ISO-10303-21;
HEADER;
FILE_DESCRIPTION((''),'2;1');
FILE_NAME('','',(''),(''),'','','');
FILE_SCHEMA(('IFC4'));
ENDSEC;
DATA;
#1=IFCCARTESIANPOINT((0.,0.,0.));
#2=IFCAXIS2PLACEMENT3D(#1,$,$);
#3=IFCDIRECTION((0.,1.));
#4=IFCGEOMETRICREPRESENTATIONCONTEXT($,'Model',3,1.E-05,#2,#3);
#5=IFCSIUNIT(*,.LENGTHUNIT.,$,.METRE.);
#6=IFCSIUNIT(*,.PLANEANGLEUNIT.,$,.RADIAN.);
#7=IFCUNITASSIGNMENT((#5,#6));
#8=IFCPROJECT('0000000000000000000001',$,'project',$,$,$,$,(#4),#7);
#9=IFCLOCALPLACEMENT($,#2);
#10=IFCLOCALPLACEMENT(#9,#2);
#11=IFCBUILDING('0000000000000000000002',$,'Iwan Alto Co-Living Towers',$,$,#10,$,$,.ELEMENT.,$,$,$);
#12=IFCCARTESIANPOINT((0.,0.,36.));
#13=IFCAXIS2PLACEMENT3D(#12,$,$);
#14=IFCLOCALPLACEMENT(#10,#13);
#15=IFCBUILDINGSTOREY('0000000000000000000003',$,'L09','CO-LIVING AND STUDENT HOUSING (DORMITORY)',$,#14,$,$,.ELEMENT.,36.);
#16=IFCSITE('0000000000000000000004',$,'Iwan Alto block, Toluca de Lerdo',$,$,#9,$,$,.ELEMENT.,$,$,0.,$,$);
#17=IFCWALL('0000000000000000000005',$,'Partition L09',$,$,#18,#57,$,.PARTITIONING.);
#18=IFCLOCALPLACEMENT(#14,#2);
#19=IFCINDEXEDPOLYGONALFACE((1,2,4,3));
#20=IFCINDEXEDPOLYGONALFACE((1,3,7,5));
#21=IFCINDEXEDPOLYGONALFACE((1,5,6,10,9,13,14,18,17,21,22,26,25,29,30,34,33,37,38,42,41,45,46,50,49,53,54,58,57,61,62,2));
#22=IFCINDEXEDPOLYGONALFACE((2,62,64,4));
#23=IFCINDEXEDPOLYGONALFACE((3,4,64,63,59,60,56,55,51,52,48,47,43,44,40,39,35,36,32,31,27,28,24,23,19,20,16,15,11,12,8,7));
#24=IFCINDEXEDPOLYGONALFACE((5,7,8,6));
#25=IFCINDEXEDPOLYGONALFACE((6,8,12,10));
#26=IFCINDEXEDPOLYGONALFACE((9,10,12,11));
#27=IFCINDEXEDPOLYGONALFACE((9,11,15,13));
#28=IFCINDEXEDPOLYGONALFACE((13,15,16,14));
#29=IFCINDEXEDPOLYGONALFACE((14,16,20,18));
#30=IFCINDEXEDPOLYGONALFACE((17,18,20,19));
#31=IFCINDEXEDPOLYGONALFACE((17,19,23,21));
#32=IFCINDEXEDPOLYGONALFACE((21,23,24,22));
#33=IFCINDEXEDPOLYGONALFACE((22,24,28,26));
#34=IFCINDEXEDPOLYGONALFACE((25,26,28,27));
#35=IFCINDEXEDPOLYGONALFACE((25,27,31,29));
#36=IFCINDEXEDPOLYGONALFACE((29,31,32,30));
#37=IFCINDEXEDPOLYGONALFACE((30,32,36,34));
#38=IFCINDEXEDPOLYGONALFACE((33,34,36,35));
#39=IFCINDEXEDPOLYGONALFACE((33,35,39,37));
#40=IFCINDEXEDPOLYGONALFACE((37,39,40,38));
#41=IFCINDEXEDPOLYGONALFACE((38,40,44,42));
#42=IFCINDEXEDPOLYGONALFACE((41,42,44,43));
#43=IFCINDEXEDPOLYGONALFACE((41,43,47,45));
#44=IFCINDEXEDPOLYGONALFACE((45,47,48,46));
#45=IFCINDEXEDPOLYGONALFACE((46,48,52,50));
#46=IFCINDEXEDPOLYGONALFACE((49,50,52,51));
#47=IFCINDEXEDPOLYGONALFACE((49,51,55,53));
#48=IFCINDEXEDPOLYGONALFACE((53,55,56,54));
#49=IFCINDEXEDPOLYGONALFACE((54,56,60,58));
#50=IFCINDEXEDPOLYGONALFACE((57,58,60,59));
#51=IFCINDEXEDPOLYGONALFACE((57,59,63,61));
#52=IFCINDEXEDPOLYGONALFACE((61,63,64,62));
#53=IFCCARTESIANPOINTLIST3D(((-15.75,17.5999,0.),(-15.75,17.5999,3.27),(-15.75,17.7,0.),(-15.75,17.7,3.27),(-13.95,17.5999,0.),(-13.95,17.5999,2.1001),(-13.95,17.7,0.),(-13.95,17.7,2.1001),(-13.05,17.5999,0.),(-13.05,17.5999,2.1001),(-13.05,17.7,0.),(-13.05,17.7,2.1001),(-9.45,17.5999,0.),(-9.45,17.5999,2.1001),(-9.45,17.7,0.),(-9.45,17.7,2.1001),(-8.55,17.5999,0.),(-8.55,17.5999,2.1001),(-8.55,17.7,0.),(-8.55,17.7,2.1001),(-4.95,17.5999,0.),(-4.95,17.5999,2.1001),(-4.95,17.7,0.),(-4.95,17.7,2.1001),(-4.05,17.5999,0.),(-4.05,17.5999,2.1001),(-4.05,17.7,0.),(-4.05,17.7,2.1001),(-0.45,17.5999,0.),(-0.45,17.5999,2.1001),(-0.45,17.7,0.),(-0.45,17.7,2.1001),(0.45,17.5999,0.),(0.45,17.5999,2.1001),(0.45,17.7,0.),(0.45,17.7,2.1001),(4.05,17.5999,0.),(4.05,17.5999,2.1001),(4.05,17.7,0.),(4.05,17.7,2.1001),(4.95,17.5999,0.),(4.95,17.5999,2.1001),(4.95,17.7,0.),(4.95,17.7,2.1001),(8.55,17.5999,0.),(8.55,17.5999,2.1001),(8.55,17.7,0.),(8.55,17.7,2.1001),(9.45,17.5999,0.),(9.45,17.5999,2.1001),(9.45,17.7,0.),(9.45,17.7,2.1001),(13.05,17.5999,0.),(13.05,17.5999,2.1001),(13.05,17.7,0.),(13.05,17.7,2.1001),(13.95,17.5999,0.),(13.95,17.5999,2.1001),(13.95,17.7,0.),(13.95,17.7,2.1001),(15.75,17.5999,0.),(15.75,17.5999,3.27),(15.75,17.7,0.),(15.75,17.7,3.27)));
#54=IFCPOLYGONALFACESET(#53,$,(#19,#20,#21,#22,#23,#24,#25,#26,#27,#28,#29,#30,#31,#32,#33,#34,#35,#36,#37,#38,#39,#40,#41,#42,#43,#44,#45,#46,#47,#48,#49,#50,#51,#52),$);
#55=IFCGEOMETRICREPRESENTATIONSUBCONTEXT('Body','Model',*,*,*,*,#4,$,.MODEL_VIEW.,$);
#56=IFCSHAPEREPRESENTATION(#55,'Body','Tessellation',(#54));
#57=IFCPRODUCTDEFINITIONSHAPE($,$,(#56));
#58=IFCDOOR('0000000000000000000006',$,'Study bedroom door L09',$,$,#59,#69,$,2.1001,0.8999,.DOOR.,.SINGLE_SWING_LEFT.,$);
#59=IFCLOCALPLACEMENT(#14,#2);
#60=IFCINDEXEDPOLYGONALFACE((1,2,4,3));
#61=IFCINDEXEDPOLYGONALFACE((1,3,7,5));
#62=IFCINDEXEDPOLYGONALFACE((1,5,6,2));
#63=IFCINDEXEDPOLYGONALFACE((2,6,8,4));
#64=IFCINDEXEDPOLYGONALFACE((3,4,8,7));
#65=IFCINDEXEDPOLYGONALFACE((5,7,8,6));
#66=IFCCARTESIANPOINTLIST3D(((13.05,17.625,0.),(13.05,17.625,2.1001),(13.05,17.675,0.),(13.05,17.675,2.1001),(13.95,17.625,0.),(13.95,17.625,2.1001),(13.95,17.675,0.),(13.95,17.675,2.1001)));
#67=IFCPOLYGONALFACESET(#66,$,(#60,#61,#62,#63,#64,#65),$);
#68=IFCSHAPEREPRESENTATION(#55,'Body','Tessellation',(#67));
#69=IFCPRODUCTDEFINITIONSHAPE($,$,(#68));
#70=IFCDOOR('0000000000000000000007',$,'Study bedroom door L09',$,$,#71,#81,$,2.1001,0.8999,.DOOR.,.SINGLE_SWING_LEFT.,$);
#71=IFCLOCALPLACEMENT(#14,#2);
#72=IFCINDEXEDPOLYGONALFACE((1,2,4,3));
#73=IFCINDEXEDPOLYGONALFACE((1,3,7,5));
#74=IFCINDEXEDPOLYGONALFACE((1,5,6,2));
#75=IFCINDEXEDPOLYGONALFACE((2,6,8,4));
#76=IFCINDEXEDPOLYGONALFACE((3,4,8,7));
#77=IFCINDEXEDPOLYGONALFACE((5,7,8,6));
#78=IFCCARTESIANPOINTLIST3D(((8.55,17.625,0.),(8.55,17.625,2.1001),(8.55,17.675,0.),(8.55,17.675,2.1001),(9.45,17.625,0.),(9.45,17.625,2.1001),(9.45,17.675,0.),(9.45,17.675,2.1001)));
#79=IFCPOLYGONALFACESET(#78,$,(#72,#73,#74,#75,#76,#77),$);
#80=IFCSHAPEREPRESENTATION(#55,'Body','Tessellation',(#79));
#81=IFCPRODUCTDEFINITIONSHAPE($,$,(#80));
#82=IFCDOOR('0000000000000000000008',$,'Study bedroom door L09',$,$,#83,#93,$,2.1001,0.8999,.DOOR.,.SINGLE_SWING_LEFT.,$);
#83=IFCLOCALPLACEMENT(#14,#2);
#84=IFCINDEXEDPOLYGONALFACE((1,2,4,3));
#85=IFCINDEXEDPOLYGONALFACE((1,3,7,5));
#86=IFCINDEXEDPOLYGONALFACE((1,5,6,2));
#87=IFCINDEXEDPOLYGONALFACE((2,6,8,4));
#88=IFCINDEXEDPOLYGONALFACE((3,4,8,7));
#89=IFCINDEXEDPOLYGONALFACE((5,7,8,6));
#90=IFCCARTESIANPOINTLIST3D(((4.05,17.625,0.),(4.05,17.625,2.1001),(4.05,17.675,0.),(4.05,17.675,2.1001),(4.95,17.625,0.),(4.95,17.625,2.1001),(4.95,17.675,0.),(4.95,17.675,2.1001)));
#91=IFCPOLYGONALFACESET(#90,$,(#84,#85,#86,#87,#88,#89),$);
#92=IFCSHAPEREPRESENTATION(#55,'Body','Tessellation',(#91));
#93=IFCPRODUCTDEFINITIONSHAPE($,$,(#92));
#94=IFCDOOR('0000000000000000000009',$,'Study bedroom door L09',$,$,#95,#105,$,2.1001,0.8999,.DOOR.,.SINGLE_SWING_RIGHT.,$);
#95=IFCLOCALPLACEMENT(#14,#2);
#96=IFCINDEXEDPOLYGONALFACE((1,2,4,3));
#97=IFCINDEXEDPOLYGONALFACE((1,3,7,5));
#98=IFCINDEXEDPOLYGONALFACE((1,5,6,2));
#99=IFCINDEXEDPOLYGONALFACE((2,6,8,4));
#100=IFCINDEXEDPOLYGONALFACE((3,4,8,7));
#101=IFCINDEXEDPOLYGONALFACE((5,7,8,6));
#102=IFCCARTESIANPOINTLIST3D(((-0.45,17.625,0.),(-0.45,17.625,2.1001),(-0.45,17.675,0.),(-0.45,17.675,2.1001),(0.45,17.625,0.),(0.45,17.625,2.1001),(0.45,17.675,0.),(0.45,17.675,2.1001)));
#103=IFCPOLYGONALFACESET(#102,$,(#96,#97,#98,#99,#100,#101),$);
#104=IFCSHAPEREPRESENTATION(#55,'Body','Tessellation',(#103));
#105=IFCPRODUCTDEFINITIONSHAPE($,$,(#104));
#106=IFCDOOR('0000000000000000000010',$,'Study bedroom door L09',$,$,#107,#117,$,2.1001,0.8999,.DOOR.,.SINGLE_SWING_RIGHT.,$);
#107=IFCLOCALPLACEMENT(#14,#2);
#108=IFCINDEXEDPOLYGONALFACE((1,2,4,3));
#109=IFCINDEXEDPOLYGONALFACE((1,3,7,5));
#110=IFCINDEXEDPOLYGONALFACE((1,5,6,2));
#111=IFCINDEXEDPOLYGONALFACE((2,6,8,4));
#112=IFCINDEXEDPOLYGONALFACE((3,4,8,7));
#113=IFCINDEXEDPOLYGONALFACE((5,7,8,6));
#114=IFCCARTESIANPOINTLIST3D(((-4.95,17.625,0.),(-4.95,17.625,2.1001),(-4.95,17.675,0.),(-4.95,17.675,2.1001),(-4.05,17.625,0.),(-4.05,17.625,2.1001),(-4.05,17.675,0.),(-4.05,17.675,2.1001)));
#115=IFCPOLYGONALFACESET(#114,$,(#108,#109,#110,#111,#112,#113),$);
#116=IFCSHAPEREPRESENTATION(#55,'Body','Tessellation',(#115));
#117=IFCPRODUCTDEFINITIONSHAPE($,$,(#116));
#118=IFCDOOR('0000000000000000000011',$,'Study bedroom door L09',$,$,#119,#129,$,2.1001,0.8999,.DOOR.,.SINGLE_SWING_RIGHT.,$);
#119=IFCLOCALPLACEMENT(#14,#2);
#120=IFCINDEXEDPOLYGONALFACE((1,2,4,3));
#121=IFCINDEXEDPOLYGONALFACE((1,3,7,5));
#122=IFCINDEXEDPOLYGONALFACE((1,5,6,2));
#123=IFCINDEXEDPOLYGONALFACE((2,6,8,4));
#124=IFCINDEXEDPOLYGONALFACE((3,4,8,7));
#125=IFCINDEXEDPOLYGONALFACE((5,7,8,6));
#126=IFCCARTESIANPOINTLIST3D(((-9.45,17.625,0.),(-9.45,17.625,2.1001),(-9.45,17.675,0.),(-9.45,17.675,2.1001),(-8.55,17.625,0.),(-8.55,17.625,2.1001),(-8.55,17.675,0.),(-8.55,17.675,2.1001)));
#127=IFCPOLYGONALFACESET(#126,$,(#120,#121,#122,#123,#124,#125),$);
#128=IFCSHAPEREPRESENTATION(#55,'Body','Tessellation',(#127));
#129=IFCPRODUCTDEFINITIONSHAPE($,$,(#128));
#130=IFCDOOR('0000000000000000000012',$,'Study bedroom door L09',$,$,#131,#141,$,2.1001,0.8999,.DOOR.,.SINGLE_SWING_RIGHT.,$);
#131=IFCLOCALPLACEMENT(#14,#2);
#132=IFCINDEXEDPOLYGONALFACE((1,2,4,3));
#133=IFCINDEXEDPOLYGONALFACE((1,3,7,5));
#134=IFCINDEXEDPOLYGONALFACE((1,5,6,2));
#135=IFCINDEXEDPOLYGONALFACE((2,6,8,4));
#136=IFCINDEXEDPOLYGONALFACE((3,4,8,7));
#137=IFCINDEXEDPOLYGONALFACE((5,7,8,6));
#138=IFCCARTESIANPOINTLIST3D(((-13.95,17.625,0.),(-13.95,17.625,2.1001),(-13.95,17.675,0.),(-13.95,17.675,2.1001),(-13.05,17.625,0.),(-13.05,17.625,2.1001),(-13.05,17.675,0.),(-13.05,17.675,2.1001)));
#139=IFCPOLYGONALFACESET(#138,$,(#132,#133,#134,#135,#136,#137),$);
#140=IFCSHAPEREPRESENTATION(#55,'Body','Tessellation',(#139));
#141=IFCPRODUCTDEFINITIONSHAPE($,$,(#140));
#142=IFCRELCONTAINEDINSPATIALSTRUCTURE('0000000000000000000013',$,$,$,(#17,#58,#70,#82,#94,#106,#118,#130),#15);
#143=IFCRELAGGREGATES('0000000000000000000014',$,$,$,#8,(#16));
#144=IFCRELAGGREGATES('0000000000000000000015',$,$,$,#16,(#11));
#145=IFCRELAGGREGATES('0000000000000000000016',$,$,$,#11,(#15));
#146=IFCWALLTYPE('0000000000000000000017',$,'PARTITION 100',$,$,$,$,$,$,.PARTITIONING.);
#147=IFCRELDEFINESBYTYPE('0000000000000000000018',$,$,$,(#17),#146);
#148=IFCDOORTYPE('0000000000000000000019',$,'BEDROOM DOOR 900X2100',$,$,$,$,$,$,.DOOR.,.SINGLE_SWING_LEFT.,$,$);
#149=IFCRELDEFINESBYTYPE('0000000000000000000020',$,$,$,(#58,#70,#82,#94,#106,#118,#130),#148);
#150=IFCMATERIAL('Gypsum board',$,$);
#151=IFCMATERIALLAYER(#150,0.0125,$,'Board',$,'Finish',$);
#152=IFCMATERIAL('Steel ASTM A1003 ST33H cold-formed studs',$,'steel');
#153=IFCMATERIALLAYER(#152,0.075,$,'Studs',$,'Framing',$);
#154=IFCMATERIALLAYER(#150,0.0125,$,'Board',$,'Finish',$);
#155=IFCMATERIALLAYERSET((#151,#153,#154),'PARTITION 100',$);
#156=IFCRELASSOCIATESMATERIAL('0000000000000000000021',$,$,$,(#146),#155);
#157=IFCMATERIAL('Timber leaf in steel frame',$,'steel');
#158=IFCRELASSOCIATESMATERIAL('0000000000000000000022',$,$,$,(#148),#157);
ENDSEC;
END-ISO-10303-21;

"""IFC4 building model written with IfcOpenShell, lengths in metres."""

from ifc_helpers import new_model, si_unit, direction, frame, frame_2d, origin, place, context, subcontext, project, spatial, rectangle, extrude, material, layer, layer_set, type_object, element, fill, save


model = new_model("IFC4")

# Units and contexts
model_context = context("Model", 3, precision=1e-05, world=origin(), true_north=direction((0.0, 1.0)))
body_context = subcontext(model_context, "Body", "Model", "MODEL_VIEW")
ifc_project = project(units=[si_unit("LENGTHUNIT", "METRE"), si_unit("PLANEANGLEUNIT", "RADIAN")], contexts=[model_context])

# Site, building, storey
site_placement = place(None, origin())
site = spatial("IfcSite", under=ifc_project, at=site_placement, Name="Iwan Alto block, Toluca de Lerdo", CompositionType="ELEMENT", RefElevation=0.0)
building_placement = place(site_placement, origin())
building = spatial("IfcBuilding", under=site, at=building_placement, Name="Iwan Alto Co-Living Towers", CompositionType="ELEMENT")
storey_placement = place(building_placement, frame((0.0, 0.0, 36.0)))
storey = spatial("IfcBuildingStorey", under=building, at=storey_placement, Name="L09", Description="CO-LIVING AND STUDENT HOUSING (DORMITORY)", CompositionType="ELEMENT", Elevation=36.0)

# Wall, openings, doors
ifc_material_1 = material(Name="Gypsum board")
ifc_layer_1 = layer(ifc_material_1, 0.0125, Name="Board", Category="Finish")
ifc_material_2 = material(Name="Steel ASTM A1003 ST33H cold-formed studs", Category="steel")
ifc_layer_2 = layer(ifc_material_2, 0.075, Name="Studs", Category="Framing")
ifc_layer_3 = layer(ifc_material_1, 0.0125, Name="Board", Category="Finish")
ifc_layer_set_1 = layer_set([ifc_layer_1, ifc_layer_2, ifc_layer_3], Name="PARTITION 100")
wall_type_1 = type_object("IfcWallType", Name="PARTITION 100", PredefinedType="PARTITIONING", material=ifc_layer_set_1)
wall_1_placement = place(storey_placement, frame((-15.75, 17.6499, 0.0), z_axis=(0.0, 0.0, 1.0), x_axis=(1.0, 0.0, 0.0)))
wall_1 = element("IfcWall", 1, at=wall_1_placement, inside=storey, type_object=wall_type_1, Name="Partition L09", PredefinedType="PARTITIONING", context=body_context, shape_type="SweptSolid", body=[
    extrude(rectangle(XDim=31.5, YDim=0.1001, at=frame_2d((15.75, 0.0))), origin(), (0.0, 0.0, 1.0), 3.27),
])
opening_1_placement = place(wall_1_placement, frame((28.8, 0.0, 0.0)))
opening_1 = element("IfcOpeningElement", 2, at=opening_1_placement, cuts=wall_1, PredefinedType="OPENING", context=body_context, shape_type="SweptSolid", body=[
    extrude(rectangle(XDim=0.8999, YDim=2.1001, at=frame_2d((0.45, 1.05))), frame((0.0, 0.0601, 0.0), z_axis=(0.0, -1.0, 0.0), x_axis=(1.0, 0.0, 0.0)), (0.0, 0.0, 1.0), 0.1201),
])
opening_2_placement = place(wall_1_placement, frame((24.3, 0.0, 0.0)))
opening_2 = element("IfcOpeningElement", 3, at=opening_2_placement, cuts=wall_1, PredefinedType="OPENING", context=body_context, shape_type="SweptSolid", body=[
    extrude(rectangle(XDim=0.8999, YDim=2.1001, at=frame_2d((0.45, 1.05))), frame((0.0, 0.0601, 0.0), z_axis=(0.0, -1.0, 0.0), x_axis=(1.0, 0.0, 0.0)), (0.0, 0.0, 1.0), 0.1201),
])
opening_3_placement = place(wall_1_placement, frame((19.8, 0.0, 0.0)))
opening_3 = element("IfcOpeningElement", 4, at=opening_3_placement, cuts=wall_1, PredefinedType="OPENING", context=body_context, shape_type="SweptSolid", body=[
    extrude(rectangle(XDim=0.8999, YDim=2.1001, at=frame_2d((0.45, 1.05))), frame((0.0, 0.0601, 0.0), z_axis=(0.0, -1.0, 0.0), x_axis=(1.0, 0.0, 0.0)), (0.0, 0.0, 1.0), 0.1201),
])
opening_4_placement = place(wall_1_placement, frame((15.3, 0.0, 0.0)))
opening_4 = element("IfcOpeningElement", 5, at=opening_4_placement, cuts=wall_1, PredefinedType="OPENING", context=body_context, shape_type="SweptSolid", body=[
    extrude(rectangle(XDim=0.8999, YDim=2.1001, at=frame_2d((0.45, 1.05))), frame((0.0, 0.0601, 0.0), z_axis=(0.0, -1.0, 0.0), x_axis=(1.0, 0.0, 0.0)), (0.0, 0.0, 1.0), 0.1201),
])
opening_5_placement = place(wall_1_placement, frame((10.8, 0.0, 0.0)))
opening_5 = element("IfcOpeningElement", 6, at=opening_5_placement, cuts=wall_1, PredefinedType="OPENING", context=body_context, shape_type="SweptSolid", body=[
    extrude(rectangle(XDim=0.8999, YDim=2.1001, at=frame_2d((0.45, 1.05))), frame((0.0, 0.0601, 0.0), z_axis=(0.0, -1.0, 0.0), x_axis=(1.0, 0.0, 0.0)), (0.0, 0.0, 1.0), 0.1201),
])
opening_6_placement = place(wall_1_placement, frame((6.3, 0.0, 0.0)))
opening_6 = element("IfcOpeningElement", 7, at=opening_6_placement, cuts=wall_1, PredefinedType="OPENING", context=body_context, shape_type="SweptSolid", body=[
    extrude(rectangle(XDim=0.8999, YDim=2.1001, at=frame_2d((0.45, 1.05))), frame((0.0, 0.0601, 0.0), z_axis=(0.0, -1.0, 0.0), x_axis=(1.0, 0.0, 0.0)), (0.0, 0.0, 1.0), 0.1201),
])
opening_7_placement = place(wall_1_placement, frame((1.8, 0.0, 0.0)))
opening_7 = element("IfcOpeningElement", 8, at=opening_7_placement, cuts=wall_1, PredefinedType="OPENING", context=body_context, shape_type="SweptSolid", body=[
    extrude(rectangle(XDim=0.8999, YDim=2.1001, at=frame_2d((0.45, 1.05))), frame((0.0, 0.0601, 0.0), z_axis=(0.0, -1.0, 0.0), x_axis=(1.0, 0.0, 0.0)), (0.0, 0.0, 1.0), 0.1201),
])
ifc_material_3 = material(Name="Timber leaf in steel frame", Category="steel")
door_type_1 = type_object("IfcDoorType", Name="BEDROOM DOOR 900X2100", OperationType="SINGLE_SWING_LEFT", PredefinedType="DOOR", material=ifc_material_3)
door_1_placement = place(opening_1_placement, frame((0.8999, 0.0, 0.0), z_axis=(0.0, 0.0, 1.0), x_axis=(-1.0, 0.0, 0.0)))
door_1 = element("IfcDoor", 9, at=door_1_placement, inside=storey, type_object=door_type_1, Name="Study bedroom door L09", OperationType="SINGLE_SWING_LEFT", OverallHeight=2.1001, OverallWidth=0.8999, PredefinedType="DOOR", context=body_context, shape_type="SweptSolid", body=[
    extrude(rectangle(XDim=0.8999, YDim=2.1001, at=frame_2d((0.45, 1.05))), frame((0.0, 0.0249, 0.0), z_axis=(0.0, -1.0, 0.0), x_axis=(1.0, 0.0, 0.0)), (0.0, 0.0, 1.0), 0.05),
])
fill(opening_1, door_1)
door_2_placement = place(opening_2_placement, frame((0.8999, 0.0, 0.0), z_axis=(0.0, 0.0, 1.0), x_axis=(-1.0, 0.0, 0.0)))
door_2 = element("IfcDoor", 10, at=door_2_placement, inside=storey, type_object=door_type_1, Name="Study bedroom door L09", OperationType="SINGLE_SWING_LEFT", OverallHeight=2.1001, OverallWidth=0.8999, PredefinedType="DOOR", context=body_context, shape_type="SweptSolid", body=[
    extrude(rectangle(XDim=0.8999, YDim=2.1001, at=frame_2d((0.45, 1.05))), frame((0.0, 0.0249, 0.0), z_axis=(0.0, -1.0, 0.0), x_axis=(1.0, 0.0, 0.0)), (0.0, 0.0, 1.0), 0.05),
])
fill(opening_2, door_2)
door_3_placement = place(opening_3_placement, frame((0.8999, 0.0, 0.0), z_axis=(0.0, 0.0, 1.0), x_axis=(-1.0, 0.0, 0.0)))
door_3 = element("IfcDoor", 11, at=door_3_placement, inside=storey, type_object=door_type_1, Name="Study bedroom door L09", OperationType="SINGLE_SWING_LEFT", OverallHeight=2.1001, OverallWidth=0.8999, PredefinedType="DOOR", context=body_context, shape_type="SweptSolid", body=[
    extrude(rectangle(XDim=0.8999, YDim=2.1001, at=frame_2d((0.45, 1.05))), frame((0.0, 0.0249, 0.0), z_axis=(0.0, -1.0, 0.0), x_axis=(1.0, 0.0, 0.0)), (0.0, 0.0, 1.0), 0.05),
])
fill(opening_3, door_3)
door_4_placement = place(opening_4_placement, frame((0.8999, 0.0, 0.0), z_axis=(0.0, 0.0, 1.0), x_axis=(-1.0, 0.0, 0.0)))
door_4 = element("IfcDoor", 12, at=door_4_placement, inside=storey, type_object=door_type_1, Name="Study bedroom door L09", OperationType="SINGLE_SWING_RIGHT", OverallHeight=2.1001, OverallWidth=0.8999, PredefinedType="DOOR", context=body_context, shape_type="SweptSolid", body=[
    extrude(rectangle(XDim=0.8999, YDim=2.1001, at=frame_2d((0.45, 1.05))), frame((0.0, 0.0249, 0.0), z_axis=(0.0, -1.0, 0.0), x_axis=(1.0, 0.0, 0.0)), (0.0, 0.0, 1.0), 0.05),
])
fill(opening_4, door_4)
door_5_placement = place(opening_5_placement, frame((0.8999, 0.0, 0.0), z_axis=(0.0, 0.0, 1.0), x_axis=(-1.0, 0.0, 0.0)))
door_5 = element("IfcDoor", 13, at=door_5_placement, inside=storey, type_object=door_type_1, Name="Study bedroom door L09", OperationType="SINGLE_SWING_RIGHT", OverallHeight=2.1001, OverallWidth=0.8999, PredefinedType="DOOR", context=body_context, shape_type="SweptSolid", body=[
    extrude(rectangle(XDim=0.8999, YDim=2.1001, at=frame_2d((0.45, 1.05))), frame((0.0, 0.0249, 0.0), z_axis=(0.0, -1.0, 0.0), x_axis=(1.0, 0.0, 0.0)), (0.0, 0.0, 1.0), 0.05),
])
fill(opening_5, door_5)
door_6_placement = place(opening_6_placement, frame((0.8999, 0.0, 0.0), z_axis=(0.0, 0.0, 1.0), x_axis=(-1.0, 0.0, 0.0)))
door_6 = element("IfcDoor", 14, at=door_6_placement, inside=storey, type_object=door_type_1, Name="Study bedroom door L09", OperationType="SINGLE_SWING_RIGHT", OverallHeight=2.1001, OverallWidth=0.8999, PredefinedType="DOOR", context=body_context, shape_type="SweptSolid", body=[
    extrude(rectangle(XDim=0.8999, YDim=2.1001, at=frame_2d((0.45, 1.05))), frame((0.0, 0.0249, 0.0), z_axis=(0.0, -1.0, 0.0), x_axis=(1.0, 0.0, 0.0)), (0.0, 0.0, 1.0), 0.05),
])
fill(opening_6, door_6)
door_7_placement = place(opening_7_placement, frame((0.8999, 0.0, 0.0), z_axis=(0.0, 0.0, 1.0), x_axis=(-1.0, 0.0, 0.0)))
door_7 = element("IfcDoor", 15, at=door_7_placement, inside=storey, type_object=door_type_1, Name="Study bedroom door L09", OperationType="SINGLE_SWING_RIGHT", OverallHeight=2.1001, OverallWidth=0.8999, PredefinedType="DOOR", context=body_context, shape_type="SweptSolid", body=[
    extrude(rectangle(XDim=0.8999, YDim=2.1001, at=frame_2d((0.45, 1.05))), frame((0.0, 0.0249, 0.0), z_axis=(0.0, -1.0, 0.0), x_axis=(1.0, 0.0, 0.0)), (0.0, 0.0, 1.0), 0.05),
])
fill(opening_7, door_7)

save(model, "model.ifc")
